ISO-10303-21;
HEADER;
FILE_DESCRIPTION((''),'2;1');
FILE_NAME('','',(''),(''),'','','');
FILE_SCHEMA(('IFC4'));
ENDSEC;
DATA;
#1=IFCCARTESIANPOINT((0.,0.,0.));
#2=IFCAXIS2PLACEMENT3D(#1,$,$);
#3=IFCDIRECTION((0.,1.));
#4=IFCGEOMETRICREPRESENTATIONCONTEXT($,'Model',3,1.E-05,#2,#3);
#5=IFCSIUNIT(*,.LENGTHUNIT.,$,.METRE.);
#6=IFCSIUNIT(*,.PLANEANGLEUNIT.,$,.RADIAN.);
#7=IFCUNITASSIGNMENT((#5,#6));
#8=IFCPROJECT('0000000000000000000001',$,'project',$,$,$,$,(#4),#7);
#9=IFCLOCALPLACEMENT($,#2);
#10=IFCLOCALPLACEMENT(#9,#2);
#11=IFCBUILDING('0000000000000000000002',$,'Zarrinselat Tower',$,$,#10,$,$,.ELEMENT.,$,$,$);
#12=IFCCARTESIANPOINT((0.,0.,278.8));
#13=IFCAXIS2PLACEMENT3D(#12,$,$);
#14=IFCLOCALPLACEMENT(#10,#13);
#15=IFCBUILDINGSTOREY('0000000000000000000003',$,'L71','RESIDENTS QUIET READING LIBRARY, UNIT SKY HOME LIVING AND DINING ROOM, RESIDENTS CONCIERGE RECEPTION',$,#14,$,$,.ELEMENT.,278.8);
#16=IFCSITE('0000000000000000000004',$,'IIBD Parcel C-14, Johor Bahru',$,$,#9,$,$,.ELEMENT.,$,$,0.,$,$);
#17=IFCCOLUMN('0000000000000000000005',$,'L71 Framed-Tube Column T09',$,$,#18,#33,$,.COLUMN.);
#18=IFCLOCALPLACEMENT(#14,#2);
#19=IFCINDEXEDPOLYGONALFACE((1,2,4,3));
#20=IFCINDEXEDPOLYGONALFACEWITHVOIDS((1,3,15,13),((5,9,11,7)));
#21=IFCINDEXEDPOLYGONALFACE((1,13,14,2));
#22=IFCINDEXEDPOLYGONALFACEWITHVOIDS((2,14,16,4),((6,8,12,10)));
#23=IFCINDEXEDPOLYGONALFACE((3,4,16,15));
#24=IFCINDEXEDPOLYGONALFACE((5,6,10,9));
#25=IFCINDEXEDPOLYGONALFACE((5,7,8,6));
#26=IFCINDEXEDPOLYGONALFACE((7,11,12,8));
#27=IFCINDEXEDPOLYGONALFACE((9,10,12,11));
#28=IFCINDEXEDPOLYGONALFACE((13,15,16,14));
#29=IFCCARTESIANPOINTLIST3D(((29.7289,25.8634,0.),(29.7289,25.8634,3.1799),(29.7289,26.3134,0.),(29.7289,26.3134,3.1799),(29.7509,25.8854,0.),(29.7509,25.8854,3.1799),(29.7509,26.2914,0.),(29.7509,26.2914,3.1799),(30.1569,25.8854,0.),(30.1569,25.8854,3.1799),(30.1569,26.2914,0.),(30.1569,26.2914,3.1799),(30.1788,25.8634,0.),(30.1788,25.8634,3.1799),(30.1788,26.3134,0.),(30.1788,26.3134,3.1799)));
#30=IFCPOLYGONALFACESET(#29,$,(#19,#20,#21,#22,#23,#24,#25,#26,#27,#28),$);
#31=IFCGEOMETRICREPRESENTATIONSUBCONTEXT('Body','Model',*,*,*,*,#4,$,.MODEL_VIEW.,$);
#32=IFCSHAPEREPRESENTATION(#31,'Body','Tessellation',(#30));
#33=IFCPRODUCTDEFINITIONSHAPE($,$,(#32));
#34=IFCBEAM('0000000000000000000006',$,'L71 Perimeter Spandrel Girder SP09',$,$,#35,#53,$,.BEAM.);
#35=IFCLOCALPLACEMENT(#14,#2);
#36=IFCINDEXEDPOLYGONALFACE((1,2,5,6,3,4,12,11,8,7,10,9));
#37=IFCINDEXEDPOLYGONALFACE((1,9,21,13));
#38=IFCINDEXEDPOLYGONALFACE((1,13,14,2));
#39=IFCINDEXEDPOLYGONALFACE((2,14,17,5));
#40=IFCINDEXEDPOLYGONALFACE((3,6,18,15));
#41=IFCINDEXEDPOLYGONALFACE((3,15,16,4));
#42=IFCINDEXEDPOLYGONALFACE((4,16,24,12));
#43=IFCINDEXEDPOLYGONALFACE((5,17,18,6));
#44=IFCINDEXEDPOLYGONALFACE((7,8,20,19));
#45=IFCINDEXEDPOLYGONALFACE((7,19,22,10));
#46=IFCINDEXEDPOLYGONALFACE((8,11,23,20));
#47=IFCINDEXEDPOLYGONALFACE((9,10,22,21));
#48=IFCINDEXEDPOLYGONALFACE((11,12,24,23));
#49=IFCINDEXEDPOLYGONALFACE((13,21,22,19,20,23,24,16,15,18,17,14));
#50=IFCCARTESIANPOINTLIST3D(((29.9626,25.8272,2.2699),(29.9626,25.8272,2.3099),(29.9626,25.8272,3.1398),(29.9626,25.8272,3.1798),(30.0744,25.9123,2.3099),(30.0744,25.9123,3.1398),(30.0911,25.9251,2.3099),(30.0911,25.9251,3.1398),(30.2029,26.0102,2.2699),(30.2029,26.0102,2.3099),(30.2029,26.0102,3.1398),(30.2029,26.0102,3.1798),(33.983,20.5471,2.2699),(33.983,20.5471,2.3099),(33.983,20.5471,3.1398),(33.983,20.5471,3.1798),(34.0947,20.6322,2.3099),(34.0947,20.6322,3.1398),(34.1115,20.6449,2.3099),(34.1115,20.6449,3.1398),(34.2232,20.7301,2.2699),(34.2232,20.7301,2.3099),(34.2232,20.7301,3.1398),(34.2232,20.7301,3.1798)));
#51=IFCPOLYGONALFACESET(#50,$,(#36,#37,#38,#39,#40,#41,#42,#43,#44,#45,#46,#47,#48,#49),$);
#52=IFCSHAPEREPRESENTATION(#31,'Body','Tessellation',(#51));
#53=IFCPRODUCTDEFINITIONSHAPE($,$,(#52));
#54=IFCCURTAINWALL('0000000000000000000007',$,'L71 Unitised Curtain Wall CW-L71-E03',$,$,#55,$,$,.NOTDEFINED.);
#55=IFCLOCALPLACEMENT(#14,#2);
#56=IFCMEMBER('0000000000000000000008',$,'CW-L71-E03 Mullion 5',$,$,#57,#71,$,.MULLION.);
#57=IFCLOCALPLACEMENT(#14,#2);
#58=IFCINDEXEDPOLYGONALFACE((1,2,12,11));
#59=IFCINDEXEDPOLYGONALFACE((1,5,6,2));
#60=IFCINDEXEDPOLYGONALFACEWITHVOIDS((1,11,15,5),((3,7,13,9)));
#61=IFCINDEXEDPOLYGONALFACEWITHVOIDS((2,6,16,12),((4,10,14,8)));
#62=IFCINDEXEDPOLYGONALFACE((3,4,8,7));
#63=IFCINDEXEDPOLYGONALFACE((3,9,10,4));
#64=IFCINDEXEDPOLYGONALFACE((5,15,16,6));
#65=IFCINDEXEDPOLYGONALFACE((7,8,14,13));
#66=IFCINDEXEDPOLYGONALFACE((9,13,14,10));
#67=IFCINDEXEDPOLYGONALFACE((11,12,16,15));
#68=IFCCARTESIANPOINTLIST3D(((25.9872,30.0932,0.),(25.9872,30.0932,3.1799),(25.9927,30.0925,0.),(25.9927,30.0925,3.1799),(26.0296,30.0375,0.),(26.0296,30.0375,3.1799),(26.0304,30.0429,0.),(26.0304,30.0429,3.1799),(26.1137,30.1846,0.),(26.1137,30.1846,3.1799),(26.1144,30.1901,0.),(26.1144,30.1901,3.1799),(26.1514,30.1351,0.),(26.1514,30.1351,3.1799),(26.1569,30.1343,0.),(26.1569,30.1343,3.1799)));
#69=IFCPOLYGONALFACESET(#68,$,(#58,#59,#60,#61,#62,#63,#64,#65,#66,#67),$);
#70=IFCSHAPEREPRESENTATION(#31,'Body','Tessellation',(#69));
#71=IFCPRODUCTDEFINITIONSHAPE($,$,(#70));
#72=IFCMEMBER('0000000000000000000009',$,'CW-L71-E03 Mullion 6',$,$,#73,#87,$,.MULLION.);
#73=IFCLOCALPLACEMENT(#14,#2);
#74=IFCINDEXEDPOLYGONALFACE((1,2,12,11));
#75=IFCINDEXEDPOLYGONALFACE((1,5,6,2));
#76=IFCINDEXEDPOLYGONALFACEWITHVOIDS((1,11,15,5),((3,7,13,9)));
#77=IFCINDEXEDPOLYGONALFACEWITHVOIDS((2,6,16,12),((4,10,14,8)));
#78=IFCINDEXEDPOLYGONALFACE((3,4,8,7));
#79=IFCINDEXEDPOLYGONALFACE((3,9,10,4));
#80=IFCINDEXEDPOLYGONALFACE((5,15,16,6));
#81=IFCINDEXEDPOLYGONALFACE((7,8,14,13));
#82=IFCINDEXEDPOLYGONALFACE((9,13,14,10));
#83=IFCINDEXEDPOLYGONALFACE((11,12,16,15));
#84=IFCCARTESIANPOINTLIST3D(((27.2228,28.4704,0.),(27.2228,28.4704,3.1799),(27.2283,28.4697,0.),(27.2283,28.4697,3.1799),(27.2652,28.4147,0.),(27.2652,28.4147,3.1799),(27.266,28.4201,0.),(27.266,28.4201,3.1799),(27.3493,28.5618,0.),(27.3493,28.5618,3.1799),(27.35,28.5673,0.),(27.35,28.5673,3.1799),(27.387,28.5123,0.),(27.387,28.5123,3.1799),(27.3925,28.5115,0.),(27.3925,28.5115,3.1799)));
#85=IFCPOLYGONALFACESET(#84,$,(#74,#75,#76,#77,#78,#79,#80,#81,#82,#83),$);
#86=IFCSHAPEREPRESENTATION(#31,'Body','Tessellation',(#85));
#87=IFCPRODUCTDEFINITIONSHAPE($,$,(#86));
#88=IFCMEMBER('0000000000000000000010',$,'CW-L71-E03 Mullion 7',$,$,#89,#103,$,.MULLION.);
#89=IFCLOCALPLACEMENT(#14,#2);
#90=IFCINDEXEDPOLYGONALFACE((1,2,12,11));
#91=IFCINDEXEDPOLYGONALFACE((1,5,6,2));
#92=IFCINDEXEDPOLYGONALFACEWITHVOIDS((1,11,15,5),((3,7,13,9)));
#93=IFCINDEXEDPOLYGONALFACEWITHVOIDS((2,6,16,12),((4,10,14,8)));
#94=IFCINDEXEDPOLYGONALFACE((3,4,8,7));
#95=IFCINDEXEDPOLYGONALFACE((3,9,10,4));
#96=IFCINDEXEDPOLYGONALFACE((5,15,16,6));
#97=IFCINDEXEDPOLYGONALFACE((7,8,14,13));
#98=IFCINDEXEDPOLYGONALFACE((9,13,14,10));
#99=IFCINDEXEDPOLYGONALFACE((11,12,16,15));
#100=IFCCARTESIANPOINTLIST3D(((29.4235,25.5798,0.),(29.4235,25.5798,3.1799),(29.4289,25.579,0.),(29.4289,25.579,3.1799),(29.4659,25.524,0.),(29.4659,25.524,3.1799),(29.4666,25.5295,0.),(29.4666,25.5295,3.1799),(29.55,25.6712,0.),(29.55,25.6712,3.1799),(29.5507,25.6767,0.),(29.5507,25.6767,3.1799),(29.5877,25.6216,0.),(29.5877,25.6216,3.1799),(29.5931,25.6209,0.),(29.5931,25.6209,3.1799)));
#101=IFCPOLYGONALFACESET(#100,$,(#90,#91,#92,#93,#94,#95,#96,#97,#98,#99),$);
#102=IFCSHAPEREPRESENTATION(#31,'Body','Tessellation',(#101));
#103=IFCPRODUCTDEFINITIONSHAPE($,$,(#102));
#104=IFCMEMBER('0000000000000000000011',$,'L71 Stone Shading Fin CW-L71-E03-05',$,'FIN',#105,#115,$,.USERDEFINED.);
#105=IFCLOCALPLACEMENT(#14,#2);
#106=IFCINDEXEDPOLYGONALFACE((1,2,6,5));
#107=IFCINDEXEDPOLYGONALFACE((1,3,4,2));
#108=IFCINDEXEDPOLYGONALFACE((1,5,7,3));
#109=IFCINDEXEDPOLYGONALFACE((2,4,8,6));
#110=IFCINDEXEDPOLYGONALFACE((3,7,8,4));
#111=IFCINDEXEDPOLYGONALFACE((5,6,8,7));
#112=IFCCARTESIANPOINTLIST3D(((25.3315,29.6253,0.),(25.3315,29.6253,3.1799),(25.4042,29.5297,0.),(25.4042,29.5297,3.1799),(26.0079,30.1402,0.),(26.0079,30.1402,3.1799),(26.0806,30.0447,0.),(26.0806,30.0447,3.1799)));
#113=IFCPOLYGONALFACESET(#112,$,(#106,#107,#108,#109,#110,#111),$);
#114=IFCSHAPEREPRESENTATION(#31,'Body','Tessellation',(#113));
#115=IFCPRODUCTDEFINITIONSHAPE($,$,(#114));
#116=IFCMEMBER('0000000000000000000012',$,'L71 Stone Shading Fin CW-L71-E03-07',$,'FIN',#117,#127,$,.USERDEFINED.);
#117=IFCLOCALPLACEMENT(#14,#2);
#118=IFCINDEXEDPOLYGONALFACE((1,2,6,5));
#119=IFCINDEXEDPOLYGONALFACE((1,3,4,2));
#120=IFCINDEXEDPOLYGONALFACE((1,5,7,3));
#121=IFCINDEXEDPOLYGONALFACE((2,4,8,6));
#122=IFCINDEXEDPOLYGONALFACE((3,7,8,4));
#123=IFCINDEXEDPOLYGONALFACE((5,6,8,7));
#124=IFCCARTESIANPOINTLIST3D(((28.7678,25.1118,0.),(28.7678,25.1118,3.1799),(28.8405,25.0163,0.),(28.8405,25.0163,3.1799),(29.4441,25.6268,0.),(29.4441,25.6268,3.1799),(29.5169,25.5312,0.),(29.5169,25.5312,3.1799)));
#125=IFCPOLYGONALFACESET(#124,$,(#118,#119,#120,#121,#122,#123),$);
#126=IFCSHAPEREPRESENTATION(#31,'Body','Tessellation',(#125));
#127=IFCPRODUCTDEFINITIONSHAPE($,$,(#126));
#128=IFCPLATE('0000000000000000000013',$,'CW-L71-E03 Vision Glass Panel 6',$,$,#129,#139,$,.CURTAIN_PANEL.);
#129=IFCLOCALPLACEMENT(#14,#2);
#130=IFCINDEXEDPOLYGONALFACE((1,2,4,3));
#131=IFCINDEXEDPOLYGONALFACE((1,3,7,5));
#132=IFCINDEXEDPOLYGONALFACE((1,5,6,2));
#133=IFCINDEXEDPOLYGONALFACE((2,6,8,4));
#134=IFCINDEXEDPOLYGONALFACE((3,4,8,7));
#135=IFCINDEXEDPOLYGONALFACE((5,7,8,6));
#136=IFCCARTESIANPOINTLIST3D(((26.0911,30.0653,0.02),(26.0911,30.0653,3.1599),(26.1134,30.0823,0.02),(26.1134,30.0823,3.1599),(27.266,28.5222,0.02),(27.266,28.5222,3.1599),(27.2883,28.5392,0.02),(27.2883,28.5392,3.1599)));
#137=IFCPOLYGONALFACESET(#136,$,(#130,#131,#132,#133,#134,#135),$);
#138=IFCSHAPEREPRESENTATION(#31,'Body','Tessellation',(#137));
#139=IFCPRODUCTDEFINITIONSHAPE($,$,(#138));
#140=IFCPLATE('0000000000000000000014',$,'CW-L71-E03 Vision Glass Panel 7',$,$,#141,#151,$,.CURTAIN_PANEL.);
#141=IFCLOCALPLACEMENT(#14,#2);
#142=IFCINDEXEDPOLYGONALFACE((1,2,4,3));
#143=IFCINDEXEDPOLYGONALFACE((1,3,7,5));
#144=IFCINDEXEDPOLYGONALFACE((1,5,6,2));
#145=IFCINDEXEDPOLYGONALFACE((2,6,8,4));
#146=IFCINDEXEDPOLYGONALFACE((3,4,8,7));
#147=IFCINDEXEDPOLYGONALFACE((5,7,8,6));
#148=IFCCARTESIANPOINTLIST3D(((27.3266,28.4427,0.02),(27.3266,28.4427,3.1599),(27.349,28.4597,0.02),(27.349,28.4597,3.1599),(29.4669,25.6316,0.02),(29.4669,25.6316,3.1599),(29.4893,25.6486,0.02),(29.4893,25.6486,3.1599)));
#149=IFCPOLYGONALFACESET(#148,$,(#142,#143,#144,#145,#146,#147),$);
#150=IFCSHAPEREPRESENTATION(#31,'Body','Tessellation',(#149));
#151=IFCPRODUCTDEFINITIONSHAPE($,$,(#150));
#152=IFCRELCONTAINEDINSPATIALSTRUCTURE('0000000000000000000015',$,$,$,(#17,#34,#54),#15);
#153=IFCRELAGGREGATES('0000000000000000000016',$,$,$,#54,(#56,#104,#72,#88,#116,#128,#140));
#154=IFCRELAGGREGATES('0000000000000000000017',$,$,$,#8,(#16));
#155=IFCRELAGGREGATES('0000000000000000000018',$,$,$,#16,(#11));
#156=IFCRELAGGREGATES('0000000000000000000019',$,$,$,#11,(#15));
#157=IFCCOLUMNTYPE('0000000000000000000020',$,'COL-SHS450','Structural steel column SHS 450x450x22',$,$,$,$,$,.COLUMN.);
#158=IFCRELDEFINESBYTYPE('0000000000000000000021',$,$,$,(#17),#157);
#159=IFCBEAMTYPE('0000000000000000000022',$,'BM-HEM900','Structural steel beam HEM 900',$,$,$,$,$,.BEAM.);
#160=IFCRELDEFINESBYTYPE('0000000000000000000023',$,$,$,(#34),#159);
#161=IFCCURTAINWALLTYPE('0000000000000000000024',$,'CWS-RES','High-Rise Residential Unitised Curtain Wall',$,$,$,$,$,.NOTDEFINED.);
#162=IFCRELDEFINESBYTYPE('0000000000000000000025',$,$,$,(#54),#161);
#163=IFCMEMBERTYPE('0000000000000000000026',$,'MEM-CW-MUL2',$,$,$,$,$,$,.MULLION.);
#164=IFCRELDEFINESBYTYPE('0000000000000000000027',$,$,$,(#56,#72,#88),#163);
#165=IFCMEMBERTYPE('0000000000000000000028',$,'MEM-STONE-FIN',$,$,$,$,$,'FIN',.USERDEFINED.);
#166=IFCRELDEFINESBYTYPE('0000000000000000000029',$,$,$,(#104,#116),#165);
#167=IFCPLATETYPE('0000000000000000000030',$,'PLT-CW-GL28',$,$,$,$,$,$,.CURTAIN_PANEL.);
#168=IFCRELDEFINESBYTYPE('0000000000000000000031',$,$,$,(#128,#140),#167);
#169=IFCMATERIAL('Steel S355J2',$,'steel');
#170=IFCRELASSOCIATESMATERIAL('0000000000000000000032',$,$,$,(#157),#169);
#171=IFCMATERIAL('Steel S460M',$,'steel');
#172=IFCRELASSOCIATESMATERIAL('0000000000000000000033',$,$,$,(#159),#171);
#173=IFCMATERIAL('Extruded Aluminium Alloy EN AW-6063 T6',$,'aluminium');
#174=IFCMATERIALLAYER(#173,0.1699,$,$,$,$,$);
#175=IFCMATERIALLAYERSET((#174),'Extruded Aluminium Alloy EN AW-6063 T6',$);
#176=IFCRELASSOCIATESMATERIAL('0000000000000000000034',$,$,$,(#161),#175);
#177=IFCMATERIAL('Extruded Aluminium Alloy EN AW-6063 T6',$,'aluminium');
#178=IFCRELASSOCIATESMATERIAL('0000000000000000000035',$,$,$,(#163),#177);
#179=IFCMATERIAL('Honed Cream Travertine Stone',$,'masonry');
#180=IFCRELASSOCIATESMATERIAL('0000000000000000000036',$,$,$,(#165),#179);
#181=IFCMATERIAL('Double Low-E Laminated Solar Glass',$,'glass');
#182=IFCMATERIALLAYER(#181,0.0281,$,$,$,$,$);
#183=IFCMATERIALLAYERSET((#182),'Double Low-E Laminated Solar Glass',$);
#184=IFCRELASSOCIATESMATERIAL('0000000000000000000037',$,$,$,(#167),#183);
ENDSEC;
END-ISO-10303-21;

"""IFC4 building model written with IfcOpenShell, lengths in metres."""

from ifc_helpers import new_model, si_unit, direction, frame, origin, origin_2d, place, context, subcontext, project, spatial, rectangle, hollow_rectangle, i_section, extrude, material, layer, layer_set, material_profile, profile_set, type_object, element, aggregate, save


model = new_model("IFC4")

# Units and contexts
model_context = context("Model", 3, precision=1e-05, world=origin(), true_north=direction((0.0, 1.0)))
body_context = subcontext(model_context, "Body", "Model", "MODEL_VIEW")
ifc_project = project(units=[si_unit("LENGTHUNIT", "METRE"), si_unit("PLANEANGLEUNIT", "RADIAN")], contexts=[model_context])

# Site, building, storey
site_placement = place(None, origin())
site = spatial("IfcSite", under=ifc_project, at=site_placement, Name="IIBD Parcel C-14, Johor Bahru", CompositionType="ELEMENT", RefElevation=0.0)
building_placement = place(site_placement, origin())
building = spatial("IfcBuilding", under=site, at=building_placement, Name="Zarrinselat Tower", CompositionType="ELEMENT")
storey_placement = place(building_placement, frame((0.0, 0.0, 278.8)))
storey = spatial("IfcBuildingStorey", under=building, at=storey_placement, Name="L71", Description="RESIDENTS QUIET READING LIBRARY, UNIT SKY HOME LIVING AND DINING ROOM, RESIDENTS CONCIERGE RECEPTION", CompositionType="ELEMENT", Elevation=278.8)

# Column
ifc_material_1 = material(Name="Steel S355J2", Category="steel")
ifc_material_profile_1 = material_profile(ifc_material_1, hollow_rectangle(XDim=0.45, YDim=0.45, WallThickness=0.022, at=origin_2d()), Name="SHS 450x450x22")
ifc_profile_set_1 = profile_set([ifc_material_profile_1], Name="Steel S355J2")
column_type = type_object("IfcColumnType", Name="COL-SHS450", Description="Structural steel column SHS 450x450x22", PredefinedType="COLUMN", material=ifc_profile_set_1)
column_placement = place(storey_placement, frame((29.9539, 26.0884, 0.0), z_axis=(0.0, 0.0, 1.0), x_axis=(1.0, 0.0, 0.0)))
element("IfcColumn", 1, at=column_placement, inside=storey, type_object=column_type, Name="L71 Framed-Tube Column T09", PredefinedType="COLUMN", context=body_context, shape_type="SweptSolid", body=[
    extrude(hollow_rectangle(XDim=0.45, YDim=0.45, WallThickness=0.022, at=origin_2d()), origin(), (0.0, 0.0, 1.0), 3.1799),
])

# Beam
ifc_material_2 = material(Name="Steel S460M", Category="steel")
ifc_material_profile_2 = material_profile(ifc_material_2, i_section(OverallWidth=0.302, OverallDepth=0.9099, WebThickness=0.021, FlangeThickness=0.04, at=origin_2d()), Name="HEM 900")
ifc_profile_set_2 = profile_set([ifc_material_profile_2], Name="Steel S460M")
beam_type = type_object("IfcBeamType", Name="BM-HEM900", Description="Structural steel beam HEM 900", PredefinedType="BEAM", material=ifc_profile_set_2)
beam_placement = place(storey_placement, frame((30.0828, 25.9187, 2.7249), z_axis=(0.605794, -0.795622, 0.0), x_axis=(0.795622, 0.605794, 0.0)))
element("IfcBeam", 2, at=beam_placement, inside=storey, type_object=beam_type, Name="L71 Perimeter Spandrel Girder SP09", PredefinedType="BEAM", context=body_context, shape_type="SweptSolid", body=[
    extrude(i_section(OverallWidth=0.302, OverallDepth=0.9099, WebThickness=0.021, FlangeThickness=0.04, at=origin_2d()), origin(), (0.0, 0.0, 1.0), 6.6365),
])

# Curtain wall, members, plates
ifc_material_3 = material(Name="Extruded Aluminium Alloy EN AW-6063 T6", Category="aluminium")
ifc_layer_1 = layer(ifc_material_3, 0.1699)
ifc_layer_set_1 = layer_set([ifc_layer_1], Name="Extruded Aluminium Alloy EN AW-6063 T6")
curtain_wall_type = type_object("IfcCurtainWallType", Name="CWS-RES", Description="High-Rise Residential Unitised Curtain Wall", PredefinedType="NOTDEFINED", material=ifc_layer_set_1)
curtain_wall_placement = place(storey_placement, origin())
curtain_wall = element("IfcCurtainWall", 3, at=curtain_wall_placement, inside=storey, type_object=curtain_wall_type, Name="L71 Unitised Curtain Wall CW-L71-E03", PredefinedType="NOTDEFINED")
ifc_material_4 = material(Name="Extruded Aluminium Alloy EN AW-6063 T6", Category="aluminium")
ifc_material_profile_3 = material_profile(ifc_material_4, hollow_rectangle(XDim=0.0701, YDim=0.1599, WallThickness=0.0039, at=origin_2d()), Name="RHS 160x70x4")
ifc_profile_set_3 = profile_set([ifc_material_profile_3], Name="Extruded Aluminium Alloy EN AW-6063 T6")
member_type_1 = type_object("IfcMemberType", Name="MEM-CW-MUL2", PredefinedType="MULLION", material=ifc_profile_set_3)
member_1_placement = place(storey_placement, frame((26.072, 30.1138, 0.0), z_axis=(0.0, 0.0, 1.0), x_axis=(0.605767, -0.795642, 0.0)))
member_1 = element("IfcMember", 4, at=member_1_placement, type_object=member_type_1, Name="CW-L71-E03 Mullion 5", PredefinedType="MULLION", context=body_context, shape_type="SweptSolid", body=[
    extrude(hollow_rectangle(XDim=0.0701, YDim=0.1599, WallThickness=0.0039, at=origin_2d()), origin(), (0.0, 0.0, 1.0), 3.1799),
])
member_2_placement = place(storey_placement, frame((27.3076, 28.491, 0.0), z_axis=(0.0, 0.0, 1.0), x_axis=(0.605767, -0.795642, 0.0)))
member_2 = element("IfcMember", 5, at=member_2_placement, type_object=member_type_1, Name="CW-L71-E03 Mullion 6", PredefinedType="MULLION", context=body_context, shape_type="SweptSolid", body=[
    extrude(hollow_rectangle(XDim=0.0701, YDim=0.1599, WallThickness=0.0039, at=origin_2d()), origin(), (0.0, 0.0, 1.0), 3.1799),
])
member_3_placement = place(storey_placement, frame((29.5083, 25.6003, 0.0), z_axis=(0.0, 0.0, 1.0), x_axis=(0.605767, -0.795642, 0.0)))
member_3 = element("IfcMember", 6, at=member_3_placement, type_object=member_type_1, Name="CW-L71-E03 Mullion 7", PredefinedType="MULLION", context=body_context, shape_type="SweptSolid", body=[
    extrude(hollow_rectangle(XDim=0.0701, YDim=0.1599, WallThickness=0.0039, at=origin_2d()), origin(), (0.0, 0.0, 1.0), 3.1799),
])
ifc_material_5 = material(Name="Honed Cream Travertine Stone", Category="masonry")
ifc_material_profile_4 = material_profile(ifc_material_5, rectangle(XDim=0.1201, YDim=0.8501, at=origin_2d()), Name="FIN 850x120")
ifc_profile_set_4 = profile_set([ifc_material_profile_4], Name="Honed Cream Travertine Stone")
member_type_2 = type_object("IfcMemberType", Name="MEM-STONE-FIN", ElementType="FIN", PredefinedType="USERDEFINED", material=ifc_profile_set_4)
member_4_placement = place(storey_placement, frame((25.7061, 29.835, 0.0), z_axis=(0.0, 0.0, 1.0), x_axis=(-0.605767, 0.795642, 0.0)))
member_4 = element("IfcMember", 7, at=member_4_placement, type_object=member_type_2, Name="L71 Stone Shading Fin CW-L71-E03-05", ObjectType="FIN", PredefinedType="USERDEFINED", context=body_context, shape_type="SweptSolid", body=[
    extrude(rectangle(XDim=0.1201, YDim=0.8501, at=origin_2d()), origin(), (0.0, 0.0, 1.0), 3.1799),
])
member_5_placement = place(storey_placement, frame((29.1423, 25.3215, 0.0), z_axis=(0.0, 0.0, 1.0), x_axis=(-0.605767, 0.795642, 0.0)))
member_5 = element("IfcMember", 8, at=member_5_placement, type_object=member_type_2, Name="L71 Stone Shading Fin CW-L71-E03-07", ObjectType="FIN", PredefinedType="USERDEFINED", context=body_context, shape_type="SweptSolid", body=[
    extrude(rectangle(XDim=0.1201, YDim=0.8501, at=origin_2d()), origin(), (0.0, 0.0, 1.0), 3.1799),
])
ifc_material_6 = material(Name="Double Low-E Laminated Solar Glass", Category="glass")
ifc_layer_2 = layer(ifc_material_6, 0.0281)
ifc_layer_set_2 = layer_set([ifc_layer_2], Name="Double Low-E Laminated Solar Glass")
plate_type = type_object("IfcPlateType", Name="PLT-CW-GL28", PredefinedType="CURTAIN_PANEL", material=ifc_layer_set_2)
plate_1_placement = place(storey_placement, frame((26.6897, 29.3022, 0.02), z_axis=(0.0, 0.0, 1.0), x_axis=(0.605767, -0.795642, 0.0)))
plate_1 = element("IfcPlate", 9, at=plate_1_placement, type_object=plate_type, Name="CW-L71-E03 Vision Glass Panel 6", PredefinedType="CURTAIN_PANEL", context=body_context, shape_type="SweptSolid", body=[
    extrude(rectangle(XDim=1.9395, YDim=0.0281, at=origin_2d()), origin(), (0.0, 0.0, 1.0), 3.1399),
])
plate_2_placement = place(storey_placement, frame((28.408, 27.0457, 0.02), z_axis=(0.0, 0.0, 1.0), x_axis=(0.605767, -0.795642, 0.0)))
plate_2 = element("IfcPlate", 10, at=plate_2_placement, type_object=plate_type, Name="CW-L71-E03 Vision Glass Panel 7", PredefinedType="CURTAIN_PANEL", context=body_context, shape_type="SweptSolid", body=[
    extrude(rectangle(XDim=3.5332, YDim=0.0281, at=origin_2d()), origin(), (0.0, 0.0, 1.0), 3.1399),
])
aggregate(curtain_wall, [member_1, member_4, member_2, member_3, member_5, plate_1, plate_2])

save(model, "model.ifc")
